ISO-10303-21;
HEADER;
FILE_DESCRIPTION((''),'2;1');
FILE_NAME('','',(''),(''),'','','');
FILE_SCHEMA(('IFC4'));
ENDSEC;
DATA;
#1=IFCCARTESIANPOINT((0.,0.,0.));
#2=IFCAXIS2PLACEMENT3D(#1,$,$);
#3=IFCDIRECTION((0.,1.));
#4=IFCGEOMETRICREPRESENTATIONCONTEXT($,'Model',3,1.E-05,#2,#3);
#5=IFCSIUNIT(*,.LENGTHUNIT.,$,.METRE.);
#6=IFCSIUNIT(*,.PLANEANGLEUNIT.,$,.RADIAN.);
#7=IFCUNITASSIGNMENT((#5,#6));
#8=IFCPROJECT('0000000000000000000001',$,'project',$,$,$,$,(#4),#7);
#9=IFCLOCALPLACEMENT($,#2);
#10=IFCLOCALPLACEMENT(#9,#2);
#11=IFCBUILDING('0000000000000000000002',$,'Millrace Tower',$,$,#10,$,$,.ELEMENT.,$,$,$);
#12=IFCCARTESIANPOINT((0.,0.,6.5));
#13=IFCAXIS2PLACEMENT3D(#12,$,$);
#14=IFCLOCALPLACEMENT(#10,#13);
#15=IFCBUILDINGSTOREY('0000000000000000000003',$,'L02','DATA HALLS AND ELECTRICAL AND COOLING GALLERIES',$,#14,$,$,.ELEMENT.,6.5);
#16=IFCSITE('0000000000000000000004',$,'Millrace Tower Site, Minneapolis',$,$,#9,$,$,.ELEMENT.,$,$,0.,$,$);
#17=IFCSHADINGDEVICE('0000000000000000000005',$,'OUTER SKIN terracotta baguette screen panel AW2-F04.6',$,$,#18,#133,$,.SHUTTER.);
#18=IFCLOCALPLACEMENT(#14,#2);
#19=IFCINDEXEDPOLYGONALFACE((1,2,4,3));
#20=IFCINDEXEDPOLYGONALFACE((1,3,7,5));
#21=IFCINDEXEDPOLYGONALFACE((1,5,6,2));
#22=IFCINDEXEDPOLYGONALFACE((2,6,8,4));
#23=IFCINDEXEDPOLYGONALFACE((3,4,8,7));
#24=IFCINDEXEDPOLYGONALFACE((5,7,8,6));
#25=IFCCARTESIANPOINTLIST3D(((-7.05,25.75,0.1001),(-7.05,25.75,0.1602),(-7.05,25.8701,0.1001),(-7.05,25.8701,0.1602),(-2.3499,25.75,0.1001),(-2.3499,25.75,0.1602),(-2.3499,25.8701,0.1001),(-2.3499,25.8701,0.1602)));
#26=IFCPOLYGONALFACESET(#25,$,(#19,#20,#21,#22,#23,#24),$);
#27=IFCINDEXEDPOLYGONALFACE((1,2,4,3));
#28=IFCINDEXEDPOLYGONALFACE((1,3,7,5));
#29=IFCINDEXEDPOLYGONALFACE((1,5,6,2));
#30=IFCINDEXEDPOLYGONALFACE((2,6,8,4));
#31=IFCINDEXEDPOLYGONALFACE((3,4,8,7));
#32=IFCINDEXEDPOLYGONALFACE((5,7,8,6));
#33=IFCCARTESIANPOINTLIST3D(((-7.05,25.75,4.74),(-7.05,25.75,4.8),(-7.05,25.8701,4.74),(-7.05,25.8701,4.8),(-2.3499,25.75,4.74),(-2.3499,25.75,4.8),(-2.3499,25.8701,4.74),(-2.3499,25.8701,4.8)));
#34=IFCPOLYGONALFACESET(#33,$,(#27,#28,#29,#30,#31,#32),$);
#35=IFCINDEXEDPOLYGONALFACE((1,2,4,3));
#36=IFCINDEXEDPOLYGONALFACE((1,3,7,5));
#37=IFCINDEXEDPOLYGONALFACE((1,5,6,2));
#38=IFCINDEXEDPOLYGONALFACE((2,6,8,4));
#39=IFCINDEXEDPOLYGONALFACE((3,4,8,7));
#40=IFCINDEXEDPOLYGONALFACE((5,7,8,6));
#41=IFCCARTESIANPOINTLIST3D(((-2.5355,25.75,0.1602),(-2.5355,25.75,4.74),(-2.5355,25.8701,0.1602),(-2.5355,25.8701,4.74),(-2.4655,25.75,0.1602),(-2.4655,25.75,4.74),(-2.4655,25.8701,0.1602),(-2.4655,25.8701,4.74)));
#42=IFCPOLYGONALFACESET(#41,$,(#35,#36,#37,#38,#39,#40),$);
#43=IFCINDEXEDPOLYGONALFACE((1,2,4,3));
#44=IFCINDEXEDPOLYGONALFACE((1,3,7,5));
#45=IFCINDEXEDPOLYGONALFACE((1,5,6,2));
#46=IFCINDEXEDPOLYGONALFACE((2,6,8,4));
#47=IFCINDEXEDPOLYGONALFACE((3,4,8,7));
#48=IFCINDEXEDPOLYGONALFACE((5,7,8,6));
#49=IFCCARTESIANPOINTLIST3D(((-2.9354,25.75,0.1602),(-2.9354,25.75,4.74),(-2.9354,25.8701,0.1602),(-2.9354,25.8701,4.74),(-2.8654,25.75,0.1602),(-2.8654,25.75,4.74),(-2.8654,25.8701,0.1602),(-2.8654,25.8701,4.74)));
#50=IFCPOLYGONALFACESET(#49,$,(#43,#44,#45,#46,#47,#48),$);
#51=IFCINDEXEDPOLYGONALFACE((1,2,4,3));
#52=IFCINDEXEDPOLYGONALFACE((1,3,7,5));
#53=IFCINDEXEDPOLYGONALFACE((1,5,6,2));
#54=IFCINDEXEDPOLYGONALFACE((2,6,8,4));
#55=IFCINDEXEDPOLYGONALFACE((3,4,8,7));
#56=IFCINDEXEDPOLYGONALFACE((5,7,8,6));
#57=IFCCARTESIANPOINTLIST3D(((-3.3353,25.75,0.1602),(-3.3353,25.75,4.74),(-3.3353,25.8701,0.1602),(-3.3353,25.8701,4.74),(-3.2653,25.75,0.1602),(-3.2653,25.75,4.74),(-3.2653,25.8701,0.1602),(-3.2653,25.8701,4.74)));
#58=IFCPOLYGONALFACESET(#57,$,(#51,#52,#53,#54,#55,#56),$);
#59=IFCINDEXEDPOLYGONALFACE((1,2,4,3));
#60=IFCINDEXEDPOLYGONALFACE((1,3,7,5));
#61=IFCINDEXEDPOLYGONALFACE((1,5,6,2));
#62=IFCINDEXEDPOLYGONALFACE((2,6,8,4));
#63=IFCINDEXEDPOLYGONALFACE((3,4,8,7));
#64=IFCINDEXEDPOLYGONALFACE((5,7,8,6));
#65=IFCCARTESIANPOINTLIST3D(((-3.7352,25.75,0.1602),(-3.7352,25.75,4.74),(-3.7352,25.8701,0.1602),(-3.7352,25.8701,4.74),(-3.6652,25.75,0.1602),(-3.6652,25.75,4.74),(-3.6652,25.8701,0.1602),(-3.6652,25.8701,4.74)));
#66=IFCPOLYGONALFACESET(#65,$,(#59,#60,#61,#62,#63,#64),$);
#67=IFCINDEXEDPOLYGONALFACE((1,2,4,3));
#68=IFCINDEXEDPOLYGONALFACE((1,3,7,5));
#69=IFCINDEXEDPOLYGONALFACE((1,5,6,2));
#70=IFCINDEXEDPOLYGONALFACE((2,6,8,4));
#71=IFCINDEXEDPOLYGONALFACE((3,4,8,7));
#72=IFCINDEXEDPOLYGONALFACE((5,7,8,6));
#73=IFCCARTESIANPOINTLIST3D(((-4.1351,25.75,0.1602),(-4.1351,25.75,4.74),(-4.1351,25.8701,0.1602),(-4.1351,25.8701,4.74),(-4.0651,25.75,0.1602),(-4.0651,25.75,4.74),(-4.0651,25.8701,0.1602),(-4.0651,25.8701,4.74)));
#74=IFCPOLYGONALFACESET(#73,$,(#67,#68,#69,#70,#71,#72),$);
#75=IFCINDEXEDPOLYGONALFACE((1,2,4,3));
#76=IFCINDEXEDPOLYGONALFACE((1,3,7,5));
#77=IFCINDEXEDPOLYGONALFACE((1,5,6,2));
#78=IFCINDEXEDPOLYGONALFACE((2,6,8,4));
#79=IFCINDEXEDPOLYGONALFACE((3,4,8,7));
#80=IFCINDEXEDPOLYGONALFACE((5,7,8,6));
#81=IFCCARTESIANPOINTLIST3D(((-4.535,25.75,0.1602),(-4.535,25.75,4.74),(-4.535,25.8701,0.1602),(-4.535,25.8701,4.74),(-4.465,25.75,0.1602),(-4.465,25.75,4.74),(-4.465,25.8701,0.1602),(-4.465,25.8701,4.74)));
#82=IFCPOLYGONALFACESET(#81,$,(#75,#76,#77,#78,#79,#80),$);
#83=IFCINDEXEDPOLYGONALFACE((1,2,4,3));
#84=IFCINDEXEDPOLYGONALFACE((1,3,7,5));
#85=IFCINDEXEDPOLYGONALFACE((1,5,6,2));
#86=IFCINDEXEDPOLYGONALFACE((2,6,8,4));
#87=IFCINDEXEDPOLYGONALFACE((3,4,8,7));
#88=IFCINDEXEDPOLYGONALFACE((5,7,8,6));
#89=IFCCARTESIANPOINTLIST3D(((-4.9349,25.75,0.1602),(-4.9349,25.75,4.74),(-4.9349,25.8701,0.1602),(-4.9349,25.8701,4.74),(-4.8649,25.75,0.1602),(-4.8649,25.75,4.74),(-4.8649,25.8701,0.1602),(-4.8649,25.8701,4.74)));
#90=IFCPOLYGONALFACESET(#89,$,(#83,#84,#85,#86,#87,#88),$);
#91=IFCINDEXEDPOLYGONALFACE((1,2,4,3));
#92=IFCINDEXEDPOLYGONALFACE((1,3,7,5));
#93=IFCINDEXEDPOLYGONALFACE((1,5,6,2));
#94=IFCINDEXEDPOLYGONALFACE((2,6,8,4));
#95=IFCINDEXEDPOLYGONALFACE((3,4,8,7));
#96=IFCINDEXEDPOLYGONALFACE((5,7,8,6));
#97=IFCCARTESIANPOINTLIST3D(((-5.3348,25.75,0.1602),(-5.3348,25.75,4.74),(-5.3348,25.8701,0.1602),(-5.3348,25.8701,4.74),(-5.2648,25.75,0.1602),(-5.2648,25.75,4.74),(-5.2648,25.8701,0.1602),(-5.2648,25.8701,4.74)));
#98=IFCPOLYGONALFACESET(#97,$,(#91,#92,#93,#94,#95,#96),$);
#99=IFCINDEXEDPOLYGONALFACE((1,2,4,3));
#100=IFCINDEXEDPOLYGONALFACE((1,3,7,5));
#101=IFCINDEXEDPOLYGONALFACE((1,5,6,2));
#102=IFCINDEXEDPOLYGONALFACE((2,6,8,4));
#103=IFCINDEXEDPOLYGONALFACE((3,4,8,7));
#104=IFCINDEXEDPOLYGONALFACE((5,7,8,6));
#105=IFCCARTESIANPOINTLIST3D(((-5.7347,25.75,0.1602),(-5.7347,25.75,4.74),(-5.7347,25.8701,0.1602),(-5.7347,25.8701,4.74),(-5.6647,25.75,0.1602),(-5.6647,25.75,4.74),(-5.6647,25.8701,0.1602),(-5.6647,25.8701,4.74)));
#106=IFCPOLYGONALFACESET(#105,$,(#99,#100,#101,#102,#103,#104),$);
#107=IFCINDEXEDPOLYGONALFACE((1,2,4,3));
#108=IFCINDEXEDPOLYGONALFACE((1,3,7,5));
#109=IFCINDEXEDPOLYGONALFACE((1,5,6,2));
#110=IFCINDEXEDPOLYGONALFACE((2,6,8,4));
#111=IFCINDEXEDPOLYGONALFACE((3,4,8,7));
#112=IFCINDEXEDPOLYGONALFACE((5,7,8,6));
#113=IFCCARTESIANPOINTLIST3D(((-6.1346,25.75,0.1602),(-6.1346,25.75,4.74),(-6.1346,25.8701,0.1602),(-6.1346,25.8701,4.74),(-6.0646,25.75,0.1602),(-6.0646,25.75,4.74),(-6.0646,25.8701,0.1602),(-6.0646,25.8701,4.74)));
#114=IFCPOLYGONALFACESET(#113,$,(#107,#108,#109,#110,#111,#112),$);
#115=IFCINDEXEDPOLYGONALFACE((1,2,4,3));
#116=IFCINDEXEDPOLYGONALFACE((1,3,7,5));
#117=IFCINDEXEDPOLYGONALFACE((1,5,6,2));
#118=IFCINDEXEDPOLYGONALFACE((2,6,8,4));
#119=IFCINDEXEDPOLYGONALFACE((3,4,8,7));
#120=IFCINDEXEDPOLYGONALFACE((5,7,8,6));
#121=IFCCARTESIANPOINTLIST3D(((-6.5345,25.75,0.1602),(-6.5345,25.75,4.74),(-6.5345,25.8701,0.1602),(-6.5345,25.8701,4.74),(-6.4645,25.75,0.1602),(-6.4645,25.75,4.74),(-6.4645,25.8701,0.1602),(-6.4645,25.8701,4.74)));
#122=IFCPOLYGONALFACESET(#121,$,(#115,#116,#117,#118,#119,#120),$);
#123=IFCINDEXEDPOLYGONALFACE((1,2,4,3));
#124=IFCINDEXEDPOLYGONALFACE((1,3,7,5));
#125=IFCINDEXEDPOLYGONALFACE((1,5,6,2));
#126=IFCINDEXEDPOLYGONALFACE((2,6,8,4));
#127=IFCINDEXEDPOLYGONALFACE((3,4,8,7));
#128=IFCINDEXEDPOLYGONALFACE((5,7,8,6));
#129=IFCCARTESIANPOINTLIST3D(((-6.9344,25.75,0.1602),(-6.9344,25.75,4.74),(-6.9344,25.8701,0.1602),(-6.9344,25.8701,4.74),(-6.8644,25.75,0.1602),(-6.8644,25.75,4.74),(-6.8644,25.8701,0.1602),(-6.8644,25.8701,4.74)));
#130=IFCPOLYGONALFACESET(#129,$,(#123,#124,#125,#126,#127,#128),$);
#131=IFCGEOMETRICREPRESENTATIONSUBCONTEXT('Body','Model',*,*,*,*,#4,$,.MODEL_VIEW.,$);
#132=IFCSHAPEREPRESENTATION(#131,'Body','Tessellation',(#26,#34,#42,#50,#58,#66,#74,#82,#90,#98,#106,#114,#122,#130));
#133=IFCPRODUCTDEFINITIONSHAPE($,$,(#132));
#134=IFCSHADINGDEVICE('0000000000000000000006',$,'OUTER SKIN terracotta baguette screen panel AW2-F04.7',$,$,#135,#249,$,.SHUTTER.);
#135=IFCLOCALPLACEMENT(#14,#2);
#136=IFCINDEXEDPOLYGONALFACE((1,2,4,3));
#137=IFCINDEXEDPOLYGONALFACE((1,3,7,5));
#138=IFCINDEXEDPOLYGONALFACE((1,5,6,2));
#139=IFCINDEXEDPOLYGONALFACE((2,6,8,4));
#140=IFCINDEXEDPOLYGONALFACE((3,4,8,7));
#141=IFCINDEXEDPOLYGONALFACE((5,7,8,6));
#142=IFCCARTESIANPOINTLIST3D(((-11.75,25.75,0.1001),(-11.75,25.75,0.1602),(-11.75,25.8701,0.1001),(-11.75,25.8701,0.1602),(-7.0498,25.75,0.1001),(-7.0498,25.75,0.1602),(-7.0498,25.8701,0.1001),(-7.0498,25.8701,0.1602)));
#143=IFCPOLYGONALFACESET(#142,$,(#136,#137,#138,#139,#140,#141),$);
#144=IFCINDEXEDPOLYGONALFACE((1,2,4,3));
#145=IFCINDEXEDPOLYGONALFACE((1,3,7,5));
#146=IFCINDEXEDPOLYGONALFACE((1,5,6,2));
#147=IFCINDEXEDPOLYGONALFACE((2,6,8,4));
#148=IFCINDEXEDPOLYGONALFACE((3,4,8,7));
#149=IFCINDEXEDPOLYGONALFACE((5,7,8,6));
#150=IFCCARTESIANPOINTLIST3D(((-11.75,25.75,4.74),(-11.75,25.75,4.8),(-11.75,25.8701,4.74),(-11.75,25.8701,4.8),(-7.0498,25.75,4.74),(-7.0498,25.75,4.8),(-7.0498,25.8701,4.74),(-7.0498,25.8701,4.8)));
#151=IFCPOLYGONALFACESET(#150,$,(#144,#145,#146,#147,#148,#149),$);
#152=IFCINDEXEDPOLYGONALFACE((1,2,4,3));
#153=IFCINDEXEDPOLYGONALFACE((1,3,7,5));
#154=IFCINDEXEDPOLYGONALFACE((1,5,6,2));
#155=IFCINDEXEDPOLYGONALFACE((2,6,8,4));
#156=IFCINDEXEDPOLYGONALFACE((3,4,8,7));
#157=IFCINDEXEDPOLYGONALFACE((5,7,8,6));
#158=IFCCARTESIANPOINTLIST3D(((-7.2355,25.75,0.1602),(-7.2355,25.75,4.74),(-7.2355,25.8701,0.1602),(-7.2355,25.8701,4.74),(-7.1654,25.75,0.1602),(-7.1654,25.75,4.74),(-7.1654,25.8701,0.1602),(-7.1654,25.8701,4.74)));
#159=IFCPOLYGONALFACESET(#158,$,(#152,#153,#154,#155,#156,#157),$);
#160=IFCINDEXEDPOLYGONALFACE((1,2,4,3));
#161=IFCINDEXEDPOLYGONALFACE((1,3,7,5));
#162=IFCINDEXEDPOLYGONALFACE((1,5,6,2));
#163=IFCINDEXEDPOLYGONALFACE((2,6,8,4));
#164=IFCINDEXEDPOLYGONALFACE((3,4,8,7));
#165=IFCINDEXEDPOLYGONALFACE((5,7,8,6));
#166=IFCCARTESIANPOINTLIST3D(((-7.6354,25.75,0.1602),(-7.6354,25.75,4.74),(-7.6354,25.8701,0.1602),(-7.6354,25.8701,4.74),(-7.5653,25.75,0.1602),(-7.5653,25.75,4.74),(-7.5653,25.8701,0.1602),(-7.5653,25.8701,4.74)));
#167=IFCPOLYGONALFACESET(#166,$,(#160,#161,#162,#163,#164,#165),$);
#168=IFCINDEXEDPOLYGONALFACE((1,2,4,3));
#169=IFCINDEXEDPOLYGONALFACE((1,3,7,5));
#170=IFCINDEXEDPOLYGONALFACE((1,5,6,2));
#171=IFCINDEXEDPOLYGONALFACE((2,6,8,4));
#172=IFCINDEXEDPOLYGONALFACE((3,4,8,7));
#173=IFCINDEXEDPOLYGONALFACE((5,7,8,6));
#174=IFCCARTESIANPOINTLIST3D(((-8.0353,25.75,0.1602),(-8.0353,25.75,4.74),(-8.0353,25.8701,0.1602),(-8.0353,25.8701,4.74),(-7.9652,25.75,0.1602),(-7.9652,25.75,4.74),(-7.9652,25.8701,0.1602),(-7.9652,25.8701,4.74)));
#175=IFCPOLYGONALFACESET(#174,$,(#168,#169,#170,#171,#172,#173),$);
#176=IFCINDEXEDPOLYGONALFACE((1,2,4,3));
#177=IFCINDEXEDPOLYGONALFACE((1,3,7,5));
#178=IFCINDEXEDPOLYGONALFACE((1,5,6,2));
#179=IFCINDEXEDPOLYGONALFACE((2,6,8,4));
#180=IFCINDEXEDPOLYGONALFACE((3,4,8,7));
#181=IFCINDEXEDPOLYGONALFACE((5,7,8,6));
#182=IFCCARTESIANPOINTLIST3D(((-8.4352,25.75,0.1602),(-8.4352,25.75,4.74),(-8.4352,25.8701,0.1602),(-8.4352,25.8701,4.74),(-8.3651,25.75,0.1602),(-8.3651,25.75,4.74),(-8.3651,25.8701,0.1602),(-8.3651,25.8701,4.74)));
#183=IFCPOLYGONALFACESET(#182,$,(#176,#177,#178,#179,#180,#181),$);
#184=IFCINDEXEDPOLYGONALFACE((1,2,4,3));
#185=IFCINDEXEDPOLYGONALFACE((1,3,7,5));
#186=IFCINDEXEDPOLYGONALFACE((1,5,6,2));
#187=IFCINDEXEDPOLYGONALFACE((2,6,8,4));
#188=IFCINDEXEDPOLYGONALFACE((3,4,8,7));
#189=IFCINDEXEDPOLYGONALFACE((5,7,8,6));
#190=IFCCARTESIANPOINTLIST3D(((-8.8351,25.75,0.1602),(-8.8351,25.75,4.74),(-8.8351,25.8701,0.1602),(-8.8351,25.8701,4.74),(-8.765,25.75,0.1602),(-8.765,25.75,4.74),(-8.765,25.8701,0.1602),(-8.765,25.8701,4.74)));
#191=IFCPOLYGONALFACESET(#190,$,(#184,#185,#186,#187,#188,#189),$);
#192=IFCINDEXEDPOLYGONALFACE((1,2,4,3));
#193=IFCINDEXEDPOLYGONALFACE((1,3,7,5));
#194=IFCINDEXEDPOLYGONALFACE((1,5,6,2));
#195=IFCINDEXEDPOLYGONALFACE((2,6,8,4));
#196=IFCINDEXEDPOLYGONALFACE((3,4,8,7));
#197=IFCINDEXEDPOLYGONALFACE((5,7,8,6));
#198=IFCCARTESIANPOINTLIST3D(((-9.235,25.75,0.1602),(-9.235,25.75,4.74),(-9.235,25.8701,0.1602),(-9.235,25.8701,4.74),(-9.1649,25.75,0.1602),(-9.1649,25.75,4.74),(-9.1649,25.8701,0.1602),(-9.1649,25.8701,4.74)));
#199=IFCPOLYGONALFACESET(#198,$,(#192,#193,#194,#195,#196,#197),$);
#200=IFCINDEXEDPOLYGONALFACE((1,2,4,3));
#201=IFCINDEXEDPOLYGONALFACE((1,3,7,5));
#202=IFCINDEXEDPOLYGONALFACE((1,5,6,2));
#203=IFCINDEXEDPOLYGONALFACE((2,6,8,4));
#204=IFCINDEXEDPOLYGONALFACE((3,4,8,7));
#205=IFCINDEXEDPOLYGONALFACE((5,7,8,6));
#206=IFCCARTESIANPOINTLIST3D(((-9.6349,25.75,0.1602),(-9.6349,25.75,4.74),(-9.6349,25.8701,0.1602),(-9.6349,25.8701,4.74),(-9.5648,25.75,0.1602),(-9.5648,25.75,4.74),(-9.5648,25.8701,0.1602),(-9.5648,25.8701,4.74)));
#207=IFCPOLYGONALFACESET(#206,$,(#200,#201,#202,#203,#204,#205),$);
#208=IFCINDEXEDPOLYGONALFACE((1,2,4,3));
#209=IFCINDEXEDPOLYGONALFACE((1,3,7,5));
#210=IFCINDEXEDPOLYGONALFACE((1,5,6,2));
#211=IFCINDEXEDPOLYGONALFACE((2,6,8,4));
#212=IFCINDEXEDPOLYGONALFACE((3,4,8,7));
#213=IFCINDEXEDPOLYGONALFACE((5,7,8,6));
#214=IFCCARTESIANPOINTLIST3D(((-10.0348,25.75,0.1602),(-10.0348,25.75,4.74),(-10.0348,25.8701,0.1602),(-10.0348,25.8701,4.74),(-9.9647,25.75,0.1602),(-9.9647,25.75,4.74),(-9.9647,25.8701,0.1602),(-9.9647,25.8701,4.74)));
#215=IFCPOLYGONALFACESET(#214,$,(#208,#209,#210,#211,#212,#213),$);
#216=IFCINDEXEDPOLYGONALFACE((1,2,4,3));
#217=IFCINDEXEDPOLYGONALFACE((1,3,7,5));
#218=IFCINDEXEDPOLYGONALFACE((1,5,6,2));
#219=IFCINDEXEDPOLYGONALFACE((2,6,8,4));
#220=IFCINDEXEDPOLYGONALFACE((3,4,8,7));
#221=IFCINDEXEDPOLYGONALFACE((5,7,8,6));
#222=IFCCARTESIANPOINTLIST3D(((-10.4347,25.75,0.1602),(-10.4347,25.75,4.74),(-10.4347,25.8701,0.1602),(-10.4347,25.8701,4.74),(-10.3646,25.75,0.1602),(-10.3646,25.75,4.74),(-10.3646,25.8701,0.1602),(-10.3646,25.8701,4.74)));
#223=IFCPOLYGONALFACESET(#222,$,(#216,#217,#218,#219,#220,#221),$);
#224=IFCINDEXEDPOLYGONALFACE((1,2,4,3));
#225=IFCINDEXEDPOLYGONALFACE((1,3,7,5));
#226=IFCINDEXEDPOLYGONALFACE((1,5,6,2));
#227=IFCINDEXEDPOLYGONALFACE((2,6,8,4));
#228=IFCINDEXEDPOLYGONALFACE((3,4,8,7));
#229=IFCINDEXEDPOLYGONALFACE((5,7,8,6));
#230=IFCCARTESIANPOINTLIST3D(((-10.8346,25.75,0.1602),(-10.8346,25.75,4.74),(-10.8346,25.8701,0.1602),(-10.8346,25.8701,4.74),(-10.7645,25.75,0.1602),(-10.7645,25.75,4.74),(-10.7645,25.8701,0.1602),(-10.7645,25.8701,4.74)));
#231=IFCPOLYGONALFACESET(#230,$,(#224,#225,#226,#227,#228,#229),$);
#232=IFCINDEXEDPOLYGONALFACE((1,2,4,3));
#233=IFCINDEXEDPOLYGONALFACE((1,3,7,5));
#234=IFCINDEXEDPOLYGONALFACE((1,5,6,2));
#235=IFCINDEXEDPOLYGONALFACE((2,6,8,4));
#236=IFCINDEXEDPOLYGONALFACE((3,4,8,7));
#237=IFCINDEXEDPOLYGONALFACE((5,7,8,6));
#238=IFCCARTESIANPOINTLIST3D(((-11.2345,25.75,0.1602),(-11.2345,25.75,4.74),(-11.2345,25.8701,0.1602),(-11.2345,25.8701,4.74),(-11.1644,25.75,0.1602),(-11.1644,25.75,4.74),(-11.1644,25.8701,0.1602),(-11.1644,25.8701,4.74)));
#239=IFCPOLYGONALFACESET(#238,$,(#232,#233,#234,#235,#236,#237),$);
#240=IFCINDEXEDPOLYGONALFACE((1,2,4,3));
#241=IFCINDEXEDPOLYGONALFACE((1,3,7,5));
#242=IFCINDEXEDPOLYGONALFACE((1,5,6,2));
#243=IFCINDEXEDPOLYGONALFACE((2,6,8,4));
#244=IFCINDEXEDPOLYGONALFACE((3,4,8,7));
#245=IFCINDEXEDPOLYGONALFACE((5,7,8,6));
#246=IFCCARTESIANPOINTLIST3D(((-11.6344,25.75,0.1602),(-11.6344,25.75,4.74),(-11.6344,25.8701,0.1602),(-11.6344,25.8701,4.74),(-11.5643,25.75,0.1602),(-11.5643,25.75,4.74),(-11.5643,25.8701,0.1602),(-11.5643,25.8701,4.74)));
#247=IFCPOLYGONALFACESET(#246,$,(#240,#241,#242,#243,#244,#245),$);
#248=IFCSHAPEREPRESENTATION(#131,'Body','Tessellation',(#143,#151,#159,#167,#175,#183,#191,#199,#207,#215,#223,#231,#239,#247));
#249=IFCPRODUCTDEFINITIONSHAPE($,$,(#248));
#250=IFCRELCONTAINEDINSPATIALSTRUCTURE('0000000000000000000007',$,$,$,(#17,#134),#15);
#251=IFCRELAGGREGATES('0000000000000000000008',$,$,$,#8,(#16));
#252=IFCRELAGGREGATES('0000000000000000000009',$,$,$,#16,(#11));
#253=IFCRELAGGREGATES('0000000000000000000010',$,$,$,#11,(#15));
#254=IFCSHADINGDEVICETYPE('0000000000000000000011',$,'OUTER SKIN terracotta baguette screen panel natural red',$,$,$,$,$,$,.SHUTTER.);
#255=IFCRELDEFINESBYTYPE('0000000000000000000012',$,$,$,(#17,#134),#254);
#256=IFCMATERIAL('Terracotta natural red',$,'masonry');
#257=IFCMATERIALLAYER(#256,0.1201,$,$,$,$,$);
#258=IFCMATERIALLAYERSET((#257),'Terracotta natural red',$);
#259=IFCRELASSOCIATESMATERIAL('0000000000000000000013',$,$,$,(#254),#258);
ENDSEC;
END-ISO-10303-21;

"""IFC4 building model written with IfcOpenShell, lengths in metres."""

from ifc_helpers import new_model, entity, si_unit, direction, frame, frame_2d, origin, place, context, subcontext, project, spatial, rectangle, extrude, source, transform, mapped, material, layer, layer_set, type_object, element, save


model = new_model("IFC4")

# Units and contexts
model_context = context("Model", 3, precision=1e-05, world=origin(), true_north=direction((0.0, 1.0)))
body_context = subcontext(model_context, "Body", "Model", "MODEL_VIEW")
ifc_project = project(units=[si_unit("LENGTHUNIT", "METRE"), si_unit("PLANEANGLEUNIT", "RADIAN")], contexts=[model_context])

# Site, building, storey
site_placement = place(None, origin())
site = spatial("IfcSite", under=ifc_project, at=site_placement, Name="Millrace Tower Site, Minneapolis", CompositionType="ELEMENT", RefElevation=0.0)
building_placement = place(site_placement, origin())
building = spatial("IfcBuilding", under=site, at=building_placement, Name="Millrace Tower", CompositionType="ELEMENT")
storey_placement = place(building_placement, frame((0.0, 0.0, 6.5)))
storey = spatial("IfcBuildingStorey", under=building, at=storey_placement, Name="L02", Description="DATA HALLS AND ELECTRICAL AND COOLING GALLERIES", CompositionType="ELEMENT", Elevation=6.5)

# Shading devices
cartesian_point = entity("IfcCartesianPoint", [-2.3501, 0.0601])
shared_polyline = entity("IfcPolyline", [cartesian_point, entity("IfcCartesianPoint", [2.3501, 0.0601]), entity("IfcCartesianPoint", [2.3501, -0.0601]), entity("IfcCartesianPoint", [-2.3501, -0.0601]), cartesian_point])
ifc_material_1 = material(Name="Terracotta natural red", Category="masonry")
ifc_layer_1 = layer(ifc_material_1, 0.1201)
ifc_layer_set_1 = layer_set([ifc_layer_1], Name="Terracotta natural red")
shading_device_type_1 = type_object("IfcShadingDeviceType", Name="OUTER SKIN terracotta baguette screen panel natural red", PredefinedType="SHUTTER", material=ifc_layer_set_1)
shared_shape_1 = source(origin(), body_context, "Body", "SweptSolid", [
    entity("IfcExtrudedAreaSolid", entity("IfcArbitraryClosedProfileDef", "AREA", None, shared_polyline), entity("IfcAxis2Placement3D", entity("IfcCartesianPoint", [0.0, 0.0, 0.0])), entity("IfcDirection", [0.0, 0.0, 1.0]), 0.0601),
    entity("IfcExtrudedAreaSolid", entity("IfcArbitraryClosedProfileDef", "AREA", None, shared_polyline), entity("IfcAxis2Placement3D", entity("IfcCartesianPoint", [0.0, 0.0, 4.6399])), entity("IfcDirection", [0.0, 0.0, 1.0]), 0.0601),
    extrude(rectangle(XDim=0.0701, YDim=0.1201, at=frame_2d((-2.1995, 0.0))), frame((0.0, 0.0, 0.0601)), (0.0, 0.0, 1.0), 4.5798),
    extrude(rectangle(XDim=0.0701, YDim=0.1201, at=frame_2d((-1.7996, 0.0))), frame((0.0, 0.0, 0.0601)), (0.0, 0.0, 1.0), 4.5798),
    extrude(rectangle(XDim=0.0701, YDim=0.1201, at=frame_2d((-1.3997, 0.0))), frame((0.0, 0.0, 0.0601)), (0.0, 0.0, 1.0), 4.5798),
    extrude(rectangle(XDim=0.0701, YDim=0.1201, at=frame_2d((-0.9998, 0.0))), frame((0.0, 0.0, 0.0601)), (0.0, 0.0, 1.0), 4.5798),
    extrude(rectangle(XDim=0.0701, YDim=0.1201, at=frame_2d((-0.5999, 0.0))), frame((0.0, 0.0, 0.0601)), (0.0, 0.0, 1.0), 4.5798),
    extrude(rectangle(XDim=0.0701, YDim=0.1201, at=frame_2d((-0.2, 0.0))), frame((0.0, 0.0, 0.0601)), (0.0, 0.0, 1.0), 4.5798),
    extrude(rectangle(XDim=0.0701, YDim=0.1201, at=frame_2d((0.2, 0.0))), frame((0.0, 0.0, 0.0601)), (0.0, 0.0, 1.0), 4.5798),
    extrude(rectangle(XDim=0.0701, YDim=0.1201, at=frame_2d((0.5999, 0.0))), frame((0.0, 0.0, 0.0601)), (0.0, 0.0, 1.0), 4.5798),
    extrude(rectangle(XDim=0.0701, YDim=0.1201, at=frame_2d((0.9998, 0.0))), frame((0.0, 0.0, 0.0601)), (0.0, 0.0, 1.0), 4.5798),
    extrude(rectangle(XDim=0.0701, YDim=0.1201, at=frame_2d((1.3997, 0.0))), frame((0.0, 0.0, 0.0601)), (0.0, 0.0, 1.0), 4.5798),
    extrude(rectangle(XDim=0.0701, YDim=0.1201, at=frame_2d((1.7996, 0.0))), frame((0.0, 0.0, 0.0601)), (0.0, 0.0, 1.0), 4.5798),
    extrude(rectangle(XDim=0.0701, YDim=0.1201, at=frame_2d((2.1995, 0.0))), frame((0.0, 0.0, 0.0601)), (0.0, 0.0, 1.0), 4.5798),
])
for number, where, z_axis, x_axis, name in (
    (1, (-4.7, 25.8101, 0.1001), (0.0, 0.0, 1.0), (-1.0, 0.0, 0.0), "OUTER SKIN terracotta baguette screen panel AW2-F04.6"),
    (2, (-9.3999, 25.8101, 0.1001), (0.0, 0.0, 1.0), (-1.0, 0.0, 0.0), "OUTER SKIN terracotta baguette screen panel AW2-F04.7"),
):
    element("IfcShadingDevice", number, at=place(storey_placement, frame(where, z_axis=z_axis, x_axis=x_axis)), inside=storey, type_object=shading_device_type_1, Name=name, PredefinedType="SHUTTER", context=body_context, shape_type="MappedRepresentation", body=[
        mapped(shared_shape_1, transform((0.0, 0.0, 0.0), scale=1.0)),
    ])

save(model, "model.ifc")
